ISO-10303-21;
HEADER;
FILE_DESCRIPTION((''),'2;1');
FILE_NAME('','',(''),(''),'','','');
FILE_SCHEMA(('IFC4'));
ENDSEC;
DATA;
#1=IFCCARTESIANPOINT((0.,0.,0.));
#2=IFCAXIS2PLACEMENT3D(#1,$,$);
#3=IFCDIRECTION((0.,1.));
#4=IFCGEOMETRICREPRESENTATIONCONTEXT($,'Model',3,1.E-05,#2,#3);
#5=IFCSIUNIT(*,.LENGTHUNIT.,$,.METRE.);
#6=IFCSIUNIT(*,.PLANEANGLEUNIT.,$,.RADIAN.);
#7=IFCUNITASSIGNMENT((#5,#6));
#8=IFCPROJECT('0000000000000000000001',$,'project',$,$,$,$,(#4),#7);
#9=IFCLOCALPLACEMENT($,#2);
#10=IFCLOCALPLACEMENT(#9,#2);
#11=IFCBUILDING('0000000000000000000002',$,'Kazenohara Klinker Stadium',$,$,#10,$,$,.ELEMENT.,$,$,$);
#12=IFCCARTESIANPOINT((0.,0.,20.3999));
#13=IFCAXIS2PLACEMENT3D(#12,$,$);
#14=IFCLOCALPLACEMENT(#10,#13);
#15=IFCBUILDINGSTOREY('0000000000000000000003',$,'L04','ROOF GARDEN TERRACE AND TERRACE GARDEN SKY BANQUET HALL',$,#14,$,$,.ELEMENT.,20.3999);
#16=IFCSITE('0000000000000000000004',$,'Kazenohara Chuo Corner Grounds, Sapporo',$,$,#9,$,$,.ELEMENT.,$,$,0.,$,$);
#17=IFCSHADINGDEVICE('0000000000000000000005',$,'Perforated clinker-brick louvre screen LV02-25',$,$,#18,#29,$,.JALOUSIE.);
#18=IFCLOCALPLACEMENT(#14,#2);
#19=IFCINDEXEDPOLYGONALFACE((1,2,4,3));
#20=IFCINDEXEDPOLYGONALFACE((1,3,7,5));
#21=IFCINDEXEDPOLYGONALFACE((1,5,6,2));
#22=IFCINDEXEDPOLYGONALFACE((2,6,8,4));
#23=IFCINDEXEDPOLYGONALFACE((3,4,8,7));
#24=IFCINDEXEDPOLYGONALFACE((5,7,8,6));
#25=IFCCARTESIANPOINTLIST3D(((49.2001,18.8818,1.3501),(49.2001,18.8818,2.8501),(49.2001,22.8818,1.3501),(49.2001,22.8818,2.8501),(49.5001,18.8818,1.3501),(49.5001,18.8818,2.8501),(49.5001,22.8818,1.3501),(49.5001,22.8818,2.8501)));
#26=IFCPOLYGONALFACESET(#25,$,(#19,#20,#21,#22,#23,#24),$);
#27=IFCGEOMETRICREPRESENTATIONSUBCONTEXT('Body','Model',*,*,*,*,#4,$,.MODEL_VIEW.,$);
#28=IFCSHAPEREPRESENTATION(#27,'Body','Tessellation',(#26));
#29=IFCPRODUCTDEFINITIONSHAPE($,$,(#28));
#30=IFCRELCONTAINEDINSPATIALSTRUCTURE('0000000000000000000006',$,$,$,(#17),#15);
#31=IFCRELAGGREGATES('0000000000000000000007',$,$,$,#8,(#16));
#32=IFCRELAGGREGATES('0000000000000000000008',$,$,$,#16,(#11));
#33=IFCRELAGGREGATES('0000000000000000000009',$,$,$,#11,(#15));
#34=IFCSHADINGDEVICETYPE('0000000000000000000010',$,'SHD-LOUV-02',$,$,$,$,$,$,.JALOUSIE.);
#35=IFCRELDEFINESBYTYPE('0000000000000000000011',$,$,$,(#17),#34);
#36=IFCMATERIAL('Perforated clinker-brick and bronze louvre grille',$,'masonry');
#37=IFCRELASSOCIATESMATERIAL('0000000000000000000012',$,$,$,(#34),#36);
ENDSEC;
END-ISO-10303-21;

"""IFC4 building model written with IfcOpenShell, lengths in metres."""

from ifc_helpers import new_model, si_unit, direction, frame, origin, origin_2d, place, context, subcontext, project, spatial, rectangle, extrude, material, type_object, element, save


model = new_model("IFC4")

# Units and contexts
model_context = context("Model", 3, precision=1e-05, world=origin(), true_north=direction((0.0, 1.0)))
body_context = subcontext(model_context, "Body", "Model", "MODEL_VIEW")
ifc_project = project(units=[si_unit("LENGTHUNIT", "METRE"), si_unit("PLANEANGLEUNIT", "RADIAN")], contexts=[model_context])

# Site, building, storey
site_placement = place(None, origin())
site = spatial("IfcSite", under=ifc_project, at=site_placement, Name="Kazenohara Chuo Corner Grounds, Sapporo", CompositionType="ELEMENT", RefElevation=0.0)
building_placement = place(site_placement, origin())
building = spatial("IfcBuilding", under=site, at=building_placement, Name="Kazenohara Klinker Stadium", CompositionType="ELEMENT")
storey_placement = place(building_placement, frame((0.0, 0.0, 20.3999)))
storey = spatial("IfcBuildingStorey", under=building, at=storey_placement, Name="L04", Description="ROOF GARDEN TERRACE AND TERRACE GARDEN SKY BANQUET HALL", CompositionType="ELEMENT", Elevation=20.3999)

# Shading device
ifc_material_1 = material(Name="Perforated clinker-brick and bronze louvre grille", Category="masonry")
shading_device_type = type_object("IfcShadingDeviceType", Name="SHD-LOUV-02", PredefinedType="JALOUSIE", material=ifc_material_1)
shading_device_placement = place(storey_placement, frame((49.3501, 20.8818, 1.3501), z_axis=(0.0, 0.0, 1.0), x_axis=(0.0, 1.0, 0.0)))
element("IfcShadingDevice", 1, at=shading_device_placement, inside=storey, type_object=shading_device_type, Name="Perforated clinker-brick louvre screen LV02-25", PredefinedType="JALOUSIE", context=body_context, shape_type="SweptSolid", body=[
    extrude(rectangle(XDim=4.0, YDim=0.3, at=origin_2d()), origin(), (0.0, 0.0, 1.0), 1.5),
])

save(model, "model.ifc")
